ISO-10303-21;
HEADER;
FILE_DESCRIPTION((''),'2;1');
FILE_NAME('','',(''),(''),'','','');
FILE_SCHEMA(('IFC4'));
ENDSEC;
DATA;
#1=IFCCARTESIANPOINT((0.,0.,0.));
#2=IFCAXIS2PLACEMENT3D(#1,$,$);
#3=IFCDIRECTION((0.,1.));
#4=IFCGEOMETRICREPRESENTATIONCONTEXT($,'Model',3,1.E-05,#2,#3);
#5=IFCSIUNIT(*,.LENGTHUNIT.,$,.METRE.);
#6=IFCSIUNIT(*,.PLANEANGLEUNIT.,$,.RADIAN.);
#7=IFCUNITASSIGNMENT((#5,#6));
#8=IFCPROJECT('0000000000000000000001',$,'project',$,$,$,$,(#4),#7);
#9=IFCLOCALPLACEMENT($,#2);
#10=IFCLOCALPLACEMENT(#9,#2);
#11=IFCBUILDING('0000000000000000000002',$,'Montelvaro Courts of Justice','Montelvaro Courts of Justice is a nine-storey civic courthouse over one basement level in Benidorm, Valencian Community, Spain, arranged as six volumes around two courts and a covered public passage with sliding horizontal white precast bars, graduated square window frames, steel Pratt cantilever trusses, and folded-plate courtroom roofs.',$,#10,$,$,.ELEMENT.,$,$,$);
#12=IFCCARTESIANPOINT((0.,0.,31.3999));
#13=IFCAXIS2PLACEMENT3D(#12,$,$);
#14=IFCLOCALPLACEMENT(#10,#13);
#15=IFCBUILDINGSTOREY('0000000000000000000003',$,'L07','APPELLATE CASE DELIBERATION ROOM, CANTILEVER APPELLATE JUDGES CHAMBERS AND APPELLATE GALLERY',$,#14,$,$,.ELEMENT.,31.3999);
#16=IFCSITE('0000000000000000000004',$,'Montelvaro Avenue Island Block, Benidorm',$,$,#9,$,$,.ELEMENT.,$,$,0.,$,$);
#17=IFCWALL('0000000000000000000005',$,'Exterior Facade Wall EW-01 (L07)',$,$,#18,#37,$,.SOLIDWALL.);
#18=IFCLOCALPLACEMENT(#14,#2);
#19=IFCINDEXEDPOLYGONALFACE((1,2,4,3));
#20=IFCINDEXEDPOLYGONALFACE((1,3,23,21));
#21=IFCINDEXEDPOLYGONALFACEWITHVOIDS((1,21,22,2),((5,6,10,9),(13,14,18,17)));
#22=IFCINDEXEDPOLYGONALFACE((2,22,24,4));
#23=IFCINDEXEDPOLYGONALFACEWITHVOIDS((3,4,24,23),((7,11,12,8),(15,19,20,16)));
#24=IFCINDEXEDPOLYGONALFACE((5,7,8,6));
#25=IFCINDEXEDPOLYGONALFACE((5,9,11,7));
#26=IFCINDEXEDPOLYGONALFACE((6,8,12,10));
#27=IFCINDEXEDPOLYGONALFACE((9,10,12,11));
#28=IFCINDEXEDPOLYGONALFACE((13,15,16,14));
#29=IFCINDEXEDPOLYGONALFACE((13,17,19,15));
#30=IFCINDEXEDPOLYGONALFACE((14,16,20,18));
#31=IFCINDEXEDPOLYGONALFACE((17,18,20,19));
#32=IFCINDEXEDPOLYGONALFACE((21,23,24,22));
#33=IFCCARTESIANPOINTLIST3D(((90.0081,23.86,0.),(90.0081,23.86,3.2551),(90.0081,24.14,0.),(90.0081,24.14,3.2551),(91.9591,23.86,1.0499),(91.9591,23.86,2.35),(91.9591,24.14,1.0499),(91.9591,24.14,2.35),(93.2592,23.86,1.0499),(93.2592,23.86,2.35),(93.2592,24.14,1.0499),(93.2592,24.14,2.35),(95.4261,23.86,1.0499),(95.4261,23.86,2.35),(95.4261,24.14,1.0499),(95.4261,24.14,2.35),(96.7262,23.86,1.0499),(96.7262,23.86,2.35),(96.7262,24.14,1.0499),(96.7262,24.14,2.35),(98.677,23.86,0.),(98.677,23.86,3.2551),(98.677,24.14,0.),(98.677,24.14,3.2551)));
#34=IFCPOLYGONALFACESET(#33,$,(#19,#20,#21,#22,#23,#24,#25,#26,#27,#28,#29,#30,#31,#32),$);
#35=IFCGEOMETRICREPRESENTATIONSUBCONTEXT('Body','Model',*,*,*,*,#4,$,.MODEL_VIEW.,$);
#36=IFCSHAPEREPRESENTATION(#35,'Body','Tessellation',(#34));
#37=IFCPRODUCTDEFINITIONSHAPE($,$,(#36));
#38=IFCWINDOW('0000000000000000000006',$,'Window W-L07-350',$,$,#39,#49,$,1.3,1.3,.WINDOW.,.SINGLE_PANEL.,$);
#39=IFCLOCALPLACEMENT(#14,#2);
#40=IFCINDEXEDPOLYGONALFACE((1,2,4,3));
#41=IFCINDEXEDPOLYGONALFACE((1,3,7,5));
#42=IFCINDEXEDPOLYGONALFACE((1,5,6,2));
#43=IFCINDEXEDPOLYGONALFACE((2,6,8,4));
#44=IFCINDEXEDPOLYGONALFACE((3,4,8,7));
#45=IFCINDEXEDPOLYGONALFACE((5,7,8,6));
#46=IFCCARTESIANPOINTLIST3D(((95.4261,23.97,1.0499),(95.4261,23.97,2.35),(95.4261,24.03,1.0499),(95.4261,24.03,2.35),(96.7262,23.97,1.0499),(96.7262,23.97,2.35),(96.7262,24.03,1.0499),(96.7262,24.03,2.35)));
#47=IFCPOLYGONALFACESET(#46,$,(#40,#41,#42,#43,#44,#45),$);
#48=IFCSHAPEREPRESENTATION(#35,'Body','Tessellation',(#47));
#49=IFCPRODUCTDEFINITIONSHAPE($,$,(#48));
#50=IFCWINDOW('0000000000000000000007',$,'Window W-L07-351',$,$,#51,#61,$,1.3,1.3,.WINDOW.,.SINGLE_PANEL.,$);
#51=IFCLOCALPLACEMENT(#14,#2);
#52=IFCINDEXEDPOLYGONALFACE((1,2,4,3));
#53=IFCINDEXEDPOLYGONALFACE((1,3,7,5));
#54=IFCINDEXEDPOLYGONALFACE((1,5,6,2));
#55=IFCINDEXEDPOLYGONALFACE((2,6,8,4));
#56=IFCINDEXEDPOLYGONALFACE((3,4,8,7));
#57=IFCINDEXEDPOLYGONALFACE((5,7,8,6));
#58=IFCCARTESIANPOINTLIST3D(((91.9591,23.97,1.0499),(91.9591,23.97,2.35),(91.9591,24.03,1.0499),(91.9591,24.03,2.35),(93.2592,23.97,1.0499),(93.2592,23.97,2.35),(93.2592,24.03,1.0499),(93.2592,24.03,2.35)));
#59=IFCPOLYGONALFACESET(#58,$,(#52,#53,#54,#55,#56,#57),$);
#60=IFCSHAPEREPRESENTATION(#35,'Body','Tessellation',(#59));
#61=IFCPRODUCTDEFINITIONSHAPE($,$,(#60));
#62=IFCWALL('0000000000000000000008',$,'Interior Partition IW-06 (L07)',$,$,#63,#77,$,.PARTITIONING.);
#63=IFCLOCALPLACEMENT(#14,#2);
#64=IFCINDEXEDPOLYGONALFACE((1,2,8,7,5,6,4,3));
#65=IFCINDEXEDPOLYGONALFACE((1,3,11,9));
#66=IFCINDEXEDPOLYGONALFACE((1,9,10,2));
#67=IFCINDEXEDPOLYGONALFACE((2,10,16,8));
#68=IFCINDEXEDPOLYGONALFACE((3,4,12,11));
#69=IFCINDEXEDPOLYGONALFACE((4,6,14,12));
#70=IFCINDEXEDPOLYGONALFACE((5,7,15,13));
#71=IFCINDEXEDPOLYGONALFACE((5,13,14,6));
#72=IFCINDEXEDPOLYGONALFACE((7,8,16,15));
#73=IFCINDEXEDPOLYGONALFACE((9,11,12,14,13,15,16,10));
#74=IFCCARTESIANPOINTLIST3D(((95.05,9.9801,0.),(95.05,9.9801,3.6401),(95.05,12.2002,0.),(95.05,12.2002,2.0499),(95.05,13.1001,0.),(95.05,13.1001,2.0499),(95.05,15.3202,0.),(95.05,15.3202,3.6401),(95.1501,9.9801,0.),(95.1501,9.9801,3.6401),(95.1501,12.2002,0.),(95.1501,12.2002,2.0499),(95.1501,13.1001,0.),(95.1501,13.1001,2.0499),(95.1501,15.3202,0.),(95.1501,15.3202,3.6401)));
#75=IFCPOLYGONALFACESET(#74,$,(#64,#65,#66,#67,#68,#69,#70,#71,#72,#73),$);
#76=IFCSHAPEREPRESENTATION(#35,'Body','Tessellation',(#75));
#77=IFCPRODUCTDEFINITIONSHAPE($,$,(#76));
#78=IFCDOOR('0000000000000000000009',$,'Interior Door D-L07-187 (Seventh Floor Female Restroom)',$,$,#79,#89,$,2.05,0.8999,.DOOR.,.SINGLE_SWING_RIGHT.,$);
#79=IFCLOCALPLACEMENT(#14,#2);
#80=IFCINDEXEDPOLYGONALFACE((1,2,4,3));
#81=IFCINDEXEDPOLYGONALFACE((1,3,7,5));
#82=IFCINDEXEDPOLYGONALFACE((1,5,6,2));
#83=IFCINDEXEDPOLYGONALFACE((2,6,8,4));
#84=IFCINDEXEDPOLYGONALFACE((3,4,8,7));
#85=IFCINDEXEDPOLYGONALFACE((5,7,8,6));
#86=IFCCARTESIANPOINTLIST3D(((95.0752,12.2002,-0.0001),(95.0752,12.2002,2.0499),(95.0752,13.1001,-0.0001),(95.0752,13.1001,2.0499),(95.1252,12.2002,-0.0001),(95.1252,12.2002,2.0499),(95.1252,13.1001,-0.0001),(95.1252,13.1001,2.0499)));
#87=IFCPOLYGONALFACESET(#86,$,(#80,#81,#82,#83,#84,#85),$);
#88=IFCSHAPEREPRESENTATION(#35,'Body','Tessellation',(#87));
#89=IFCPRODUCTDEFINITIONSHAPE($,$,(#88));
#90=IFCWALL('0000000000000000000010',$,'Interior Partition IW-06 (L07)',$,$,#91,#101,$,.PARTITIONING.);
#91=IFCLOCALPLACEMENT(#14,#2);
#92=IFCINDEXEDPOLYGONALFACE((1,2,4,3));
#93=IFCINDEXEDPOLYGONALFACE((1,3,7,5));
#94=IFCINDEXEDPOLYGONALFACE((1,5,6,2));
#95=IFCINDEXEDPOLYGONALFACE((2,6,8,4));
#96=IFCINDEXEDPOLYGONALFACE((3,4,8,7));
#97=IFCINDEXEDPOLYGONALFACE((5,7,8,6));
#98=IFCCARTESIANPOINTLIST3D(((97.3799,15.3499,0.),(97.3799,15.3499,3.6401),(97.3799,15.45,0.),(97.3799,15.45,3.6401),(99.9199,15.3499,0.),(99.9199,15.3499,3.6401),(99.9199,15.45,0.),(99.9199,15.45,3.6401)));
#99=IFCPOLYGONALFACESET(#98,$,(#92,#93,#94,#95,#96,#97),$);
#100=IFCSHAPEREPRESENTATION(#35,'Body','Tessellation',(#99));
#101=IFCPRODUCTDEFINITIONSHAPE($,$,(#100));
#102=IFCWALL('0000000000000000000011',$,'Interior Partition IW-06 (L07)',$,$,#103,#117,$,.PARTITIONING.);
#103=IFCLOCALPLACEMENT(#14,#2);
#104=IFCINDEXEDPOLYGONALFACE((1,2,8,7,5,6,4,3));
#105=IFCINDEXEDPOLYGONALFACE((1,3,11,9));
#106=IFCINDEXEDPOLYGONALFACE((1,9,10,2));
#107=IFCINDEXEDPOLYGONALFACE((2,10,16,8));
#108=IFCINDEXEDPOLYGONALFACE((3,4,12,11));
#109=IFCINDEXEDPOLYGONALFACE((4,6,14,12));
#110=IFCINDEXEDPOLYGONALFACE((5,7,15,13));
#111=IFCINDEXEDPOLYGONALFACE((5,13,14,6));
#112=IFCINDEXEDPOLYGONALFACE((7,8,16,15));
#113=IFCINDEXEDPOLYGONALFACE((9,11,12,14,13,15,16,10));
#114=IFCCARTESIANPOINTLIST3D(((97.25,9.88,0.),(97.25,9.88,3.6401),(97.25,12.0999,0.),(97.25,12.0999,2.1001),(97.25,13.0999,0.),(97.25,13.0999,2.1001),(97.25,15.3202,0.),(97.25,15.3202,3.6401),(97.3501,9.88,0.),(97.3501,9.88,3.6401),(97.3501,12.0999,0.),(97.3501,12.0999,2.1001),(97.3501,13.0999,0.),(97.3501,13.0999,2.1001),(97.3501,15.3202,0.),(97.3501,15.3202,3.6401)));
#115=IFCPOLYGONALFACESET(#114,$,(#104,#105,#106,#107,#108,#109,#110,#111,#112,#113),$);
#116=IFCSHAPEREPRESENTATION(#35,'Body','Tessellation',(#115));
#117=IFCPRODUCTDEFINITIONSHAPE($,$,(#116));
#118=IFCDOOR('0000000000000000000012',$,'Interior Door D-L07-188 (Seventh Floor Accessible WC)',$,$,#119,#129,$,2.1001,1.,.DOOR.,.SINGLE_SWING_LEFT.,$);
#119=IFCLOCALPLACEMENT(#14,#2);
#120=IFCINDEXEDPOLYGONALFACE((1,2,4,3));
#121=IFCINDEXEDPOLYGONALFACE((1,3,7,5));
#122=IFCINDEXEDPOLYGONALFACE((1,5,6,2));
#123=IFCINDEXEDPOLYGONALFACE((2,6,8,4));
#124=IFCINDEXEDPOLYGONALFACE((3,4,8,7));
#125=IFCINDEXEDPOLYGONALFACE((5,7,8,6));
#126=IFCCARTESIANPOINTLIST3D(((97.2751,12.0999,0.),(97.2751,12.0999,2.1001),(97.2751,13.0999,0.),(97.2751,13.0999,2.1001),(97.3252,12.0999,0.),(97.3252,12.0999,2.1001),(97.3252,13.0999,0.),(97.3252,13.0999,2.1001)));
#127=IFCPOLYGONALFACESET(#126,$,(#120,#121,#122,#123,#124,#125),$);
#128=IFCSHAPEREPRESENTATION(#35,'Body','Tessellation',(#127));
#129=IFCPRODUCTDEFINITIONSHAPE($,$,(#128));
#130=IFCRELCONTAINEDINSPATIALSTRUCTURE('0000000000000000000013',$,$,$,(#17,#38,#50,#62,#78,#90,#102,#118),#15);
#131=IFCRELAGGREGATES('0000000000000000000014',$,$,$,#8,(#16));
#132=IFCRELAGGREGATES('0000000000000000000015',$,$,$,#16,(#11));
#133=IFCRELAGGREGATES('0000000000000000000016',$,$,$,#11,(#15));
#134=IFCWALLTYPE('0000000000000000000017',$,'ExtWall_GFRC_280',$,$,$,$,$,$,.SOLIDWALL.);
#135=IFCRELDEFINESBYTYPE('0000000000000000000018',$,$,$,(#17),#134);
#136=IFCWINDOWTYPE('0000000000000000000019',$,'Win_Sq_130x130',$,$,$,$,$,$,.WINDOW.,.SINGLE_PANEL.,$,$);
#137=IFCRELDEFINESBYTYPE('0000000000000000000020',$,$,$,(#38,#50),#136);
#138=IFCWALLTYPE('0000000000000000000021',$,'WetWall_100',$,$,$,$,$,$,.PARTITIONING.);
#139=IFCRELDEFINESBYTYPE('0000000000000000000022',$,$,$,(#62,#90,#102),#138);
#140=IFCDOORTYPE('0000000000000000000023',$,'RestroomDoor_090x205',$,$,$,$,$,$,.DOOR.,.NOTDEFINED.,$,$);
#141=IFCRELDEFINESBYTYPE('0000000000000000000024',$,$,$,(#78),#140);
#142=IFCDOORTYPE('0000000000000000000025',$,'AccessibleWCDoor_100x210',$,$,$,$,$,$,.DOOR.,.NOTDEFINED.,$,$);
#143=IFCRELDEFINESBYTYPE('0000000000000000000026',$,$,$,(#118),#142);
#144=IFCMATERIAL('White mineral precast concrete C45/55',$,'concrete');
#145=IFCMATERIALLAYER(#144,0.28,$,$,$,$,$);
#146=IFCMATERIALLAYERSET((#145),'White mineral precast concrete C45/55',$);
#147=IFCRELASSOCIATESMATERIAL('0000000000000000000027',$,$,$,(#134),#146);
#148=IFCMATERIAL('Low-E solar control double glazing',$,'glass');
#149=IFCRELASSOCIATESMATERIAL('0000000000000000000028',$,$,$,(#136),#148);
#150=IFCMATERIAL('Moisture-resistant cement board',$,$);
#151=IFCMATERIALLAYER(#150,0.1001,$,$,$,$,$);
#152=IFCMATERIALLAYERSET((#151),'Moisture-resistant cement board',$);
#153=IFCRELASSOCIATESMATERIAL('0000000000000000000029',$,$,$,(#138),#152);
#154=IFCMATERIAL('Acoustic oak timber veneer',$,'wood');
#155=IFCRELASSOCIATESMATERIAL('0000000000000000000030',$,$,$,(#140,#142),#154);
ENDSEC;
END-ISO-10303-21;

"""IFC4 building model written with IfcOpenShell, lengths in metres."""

from ifc_helpers import new_model, si_unit, direction, frame, frame_2d, origin, place, context, subcontext, project, spatial, rectangle, extrude, material, layer, layer_set, type_object, element, fill, save


model = new_model("IFC4")

# Units and contexts
model_context = context("Model", 3, precision=1e-05, world=origin(), true_north=direction((0.0, 1.0)))
body_context = subcontext(model_context, "Body", "Model", "MODEL_VIEW")
ifc_project = project(units=[si_unit("LENGTHUNIT", "METRE"), si_unit("PLANEANGLEUNIT", "RADIAN")], contexts=[model_context])

# Site, building, storey
site_placement = place(None, origin())
site = spatial("IfcSite", under=ifc_project, at=site_placement, Name="Montelvaro Avenue Island Block, Benidorm", CompositionType="ELEMENT", RefElevation=0.0)
building_placement = place(site_placement, origin())
building = spatial("IfcBuilding", under=site, at=building_placement, Name="Montelvaro Courts of Justice", Description="Montelvaro Courts of Justice is a nine-storey civic courthouse over one basement level in Benidorm, Valencian Community, Spain, arranged as six volumes around two courts and a covered public passage with sliding horizontal white precast bars, graduated square window frames, steel Pratt cantilever trusses, and folded-plate courtroom roofs.", CompositionType="ELEMENT")
storey_placement = place(building_placement, frame((0.0, 0.0, 31.3999)))
storey = spatial("IfcBuildingStorey", under=building, at=storey_placement, Name="L07", Description="APPELLATE CASE DELIBERATION ROOM, CANTILEVER APPELLATE JUDGES CHAMBERS AND APPELLATE GALLERY", CompositionType="ELEMENT", Elevation=31.3999)

# Shared definitions
ifc_material_1 = material(Name="White mineral precast concrete C45/55", Category="concrete")

# Wall, openings, windows
ifc_layer_1 = layer(ifc_material_1, 0.28)
ifc_layer_set_1 = layer_set([ifc_layer_1], Name="White mineral precast concrete C45/55")
wall_type_1 = type_object("IfcWallType", Name="ExtWall_GFRC_280", PredefinedType="SOLIDWALL", material=ifc_layer_set_1)
wall_1_placement = place(storey_placement, frame((98.677, 24.0, 0.0), z_axis=(0.0, 0.0, 1.0), x_axis=(-1.0, 0.0, 0.0)))
wall_1 = element("IfcWall", 1, at=wall_1_placement, inside=storey, type_object=wall_type_1, Name="Exterior Facade Wall EW-01 (L07)", PredefinedType="SOLIDWALL", context=body_context, shape_type="SweptSolid", body=[
    extrude(rectangle(XDim=8.6689, YDim=0.28, at=frame_2d((4.3345, 0.0))), origin(), (0.0, 0.0, 1.0), 3.2551),
])
opening_1_placement = place(wall_1_placement, frame((1.9509, 0.0, 1.05)))
opening_1 = element("IfcOpeningElement", 2, at=opening_1_placement, cuts=wall_1, PredefinedType="OPENING", context=body_context, shape_type="SweptSolid", body=[
    extrude(rectangle(XDim=1.3, YDim=1.3, at=frame_2d((0.6499, 0.6499))), frame((0.0, 0.1548, 0.0), z_axis=(0.0, -1.0, 0.0), x_axis=(1.0, 0.0, 0.0)), (0.0, 0.0, 1.0), 0.3098),
])
opening_2_placement = place(wall_1_placement, frame((5.418, 0.0, 1.05)))
opening_2 = element("IfcOpeningElement", 3, at=opening_2_placement, cuts=wall_1, PredefinedType="OPENING", context=body_context, shape_type="SweptSolid", body=[
    extrude(rectangle(XDim=1.3, YDim=1.3, at=frame_2d((0.6499, 0.6499))), frame((0.0, 0.1548, 0.0), z_axis=(0.0, -1.0, 0.0), x_axis=(1.0, 0.0, 0.0)), (0.0, 0.0, 1.0), 0.3098),
])
ifc_material_2 = material(Name="Low-E solar control double glazing", Category="glass")
window_type = type_object("IfcWindowType", Name="Win_Sq_130x130", PartitioningType="SINGLE_PANEL", PredefinedType="WINDOW", material=ifc_material_2)
window_1_placement = place(opening_1_placement, origin())
window_1 = element("IfcWindow", 4, at=window_1_placement, inside=storey, type_object=window_type, Name="Window W-L07-350", OverallHeight=1.3, OverallWidth=1.3, PartitioningType="SINGLE_PANEL", PredefinedType="WINDOW", context=body_context, shape_type="SweptSolid", body=[
    extrude(rectangle(XDim=1.3, YDim=1.3, at=frame_2d((0.6499, 0.6499))), frame((0.0, 0.03, 0.0), z_axis=(0.0, -1.0, 0.0), x_axis=(1.0, 0.0, 0.0)), (0.0, 0.0, 1.0), 0.0601),
])
fill(opening_1, window_1)
window_2_placement = place(opening_2_placement, origin())
window_2 = element("IfcWindow", 5, at=window_2_placement, inside=storey, type_object=window_type, Name="Window W-L07-351", OverallHeight=1.3, OverallWidth=1.3, PartitioningType="SINGLE_PANEL", PredefinedType="WINDOW", context=body_context, shape_type="SweptSolid", body=[
    extrude(rectangle(XDim=1.3, YDim=1.3, at=frame_2d((0.6499, 0.6499))), frame((0.0, 0.03, 0.0), z_axis=(0.0, -1.0, 0.0), x_axis=(1.0, 0.0, 0.0)), (0.0, 0.0, 1.0), 0.0601),
])
fill(opening_2, window_2)

# Wall, opening, door
ifc_material_3 = material(Name="Moisture-resistant cement board")
ifc_layer_2 = layer(ifc_material_3, 0.1001)
ifc_layer_set_2 = layer_set([ifc_layer_2], Name="Moisture-resistant cement board")
wall_type_2 = type_object("IfcWallType", Name="WetWall_100", PredefinedType="PARTITIONING", material=ifc_layer_set_2)
wall_2_placement = place(storey_placement, frame((95.1001, 15.3201, 0.0), z_axis=(0.0, 0.0, 1.0), x_axis=(0.0, -1.0, 0.0)))
wall_2 = element("IfcWall", 6, at=wall_2_placement, inside=storey, type_object=wall_type_2, Name="Interior Partition IW-06 (L07)", PredefinedType="PARTITIONING", context=body_context, shape_type="SweptSolid", body=[
    extrude(rectangle(XDim=5.3401, YDim=0.1001, at=frame_2d((2.6699, 0.0))), origin(), (0.0, 0.0, 1.0), 3.6401),
])
opening_3_placement = place(wall_2_placement, frame((2.22, 0.0, 0.0)))
opening_3 = element("IfcOpeningElement", 7, at=opening_3_placement, cuts=wall_2, PredefinedType="OPENING", context=body_context, shape_type="SweptSolid", body=[
    extrude(rectangle(XDim=0.8999, YDim=2.05, at=frame_2d((0.45, 1.0249))), frame((0.0, 0.0649, 0.0), z_axis=(0.0, -1.0, 0.0), x_axis=(1.0, 0.0, 0.0)), (0.0, 0.0, 1.0), 0.1299),
])
ifc_material_4 = material(Name="Acoustic oak timber veneer", Category="wood")
door_type_1 = type_object("IfcDoorType", Name="RestroomDoor_090x205", OperationType="NOTDEFINED", PredefinedType="DOOR", material=ifc_material_4)
door_1_placement = place(opening_3_placement, frame((0.8999, 0.0, 0.0), z_axis=(0.0, 0.0, 1.0), x_axis=(-1.0, 0.0, 0.0)))
door_1 = element("IfcDoor", 8, at=door_1_placement, inside=storey, type_object=door_type_1, Name="Interior Door D-L07-187 (Seventh Floor Female Restroom)", OperationType="SINGLE_SWING_RIGHT", OverallHeight=2.05, OverallWidth=0.8999, PredefinedType="DOOR", context=body_context, shape_type="SweptSolid", body=[
    extrude(rectangle(XDim=0.8999, YDim=2.05, at=frame_2d((0.45, 1.0249))), frame((0.0, 0.0249, 0.0), z_axis=(0.0, -1.0, 0.0), x_axis=(1.0, 0.0, 0.0)), (0.0, 0.0, 1.0), 0.05),
])
fill(opening_3, door_1)

# Wall
wall_3_placement = place(storey_placement, frame((97.3799, 15.3999, 0.0), z_axis=(0.0, 0.0, 1.0), x_axis=(1.0, 0.0, 0.0)))
element("IfcWall", 9, at=wall_3_placement, inside=storey, type_object=wall_type_2, Name="Interior Partition IW-06 (L07)", PredefinedType="PARTITIONING", context=body_context, shape_type="SweptSolid", body=[
    extrude(rectangle(XDim=2.54, YDim=0.1001, at=frame_2d((1.27, 0.0))), origin(), (0.0, 0.0, 1.0), 3.6401),
])

# Wall, opening, door
wall_4_placement = place(storey_placement, frame((97.3, 9.8799, 0.0), z_axis=(0.0, 0.0, 1.0), x_axis=(0.0, 1.0, 0.0)))
wall_4 = element("IfcWall", 10, at=wall_4_placement, inside=storey, type_object=wall_type_2, Name="Interior Partition IW-06 (L07)", PredefinedType="PARTITIONING", context=body_context, shape_type="SweptSolid", body=[
    extrude(rectangle(XDim=5.4402, YDim=0.1001, at=frame_2d((2.7202, 0.0))), origin(), (0.0, 0.0, 1.0), 3.6401),
])
opening_4_placement = place(wall_4_placement, frame((2.22, 0.0, 0.0)))
opening_4 = element("IfcOpeningElement", 11, at=opening_4_placement, cuts=wall_4, PredefinedType="OPENING", context=body_context, shape_type="SweptSolid", body=[
    extrude(rectangle(XDim=1.0, YDim=2.1001, at=frame_2d((0.5, 1.05))), frame((0.0, 0.0649, 0.0), z_axis=(0.0, -1.0, 0.0), x_axis=(1.0, 0.0, 0.0)), (0.0, 0.0, 1.0), 0.1299),
])
door_type_2 = type_object("IfcDoorType", Name="AccessibleWCDoor_100x210", OperationType="NOTDEFINED", PredefinedType="DOOR", material=ifc_material_4)
door_2_placement = place(opening_4_placement, origin())
door_2 = element("IfcDoor", 12, at=door_2_placement, inside=storey, type_object=door_type_2, Name="Interior Door D-L07-188 (Seventh Floor Accessible WC)", OperationType="SINGLE_SWING_LEFT", OverallHeight=2.1001, OverallWidth=1.0, PredefinedType="DOOR", context=body_context, shape_type="SweptSolid", body=[
    extrude(rectangle(XDim=1.0, YDim=2.1001, at=frame_2d((0.5, 1.05))), frame((0.0, 0.0249, 0.0), z_axis=(0.0, -1.0, 0.0), x_axis=(1.0, 0.0, 0.0)), (0.0, 0.0, 1.0), 0.05),
])
fill(opening_4, door_2)

save(model, "model.ifc")
